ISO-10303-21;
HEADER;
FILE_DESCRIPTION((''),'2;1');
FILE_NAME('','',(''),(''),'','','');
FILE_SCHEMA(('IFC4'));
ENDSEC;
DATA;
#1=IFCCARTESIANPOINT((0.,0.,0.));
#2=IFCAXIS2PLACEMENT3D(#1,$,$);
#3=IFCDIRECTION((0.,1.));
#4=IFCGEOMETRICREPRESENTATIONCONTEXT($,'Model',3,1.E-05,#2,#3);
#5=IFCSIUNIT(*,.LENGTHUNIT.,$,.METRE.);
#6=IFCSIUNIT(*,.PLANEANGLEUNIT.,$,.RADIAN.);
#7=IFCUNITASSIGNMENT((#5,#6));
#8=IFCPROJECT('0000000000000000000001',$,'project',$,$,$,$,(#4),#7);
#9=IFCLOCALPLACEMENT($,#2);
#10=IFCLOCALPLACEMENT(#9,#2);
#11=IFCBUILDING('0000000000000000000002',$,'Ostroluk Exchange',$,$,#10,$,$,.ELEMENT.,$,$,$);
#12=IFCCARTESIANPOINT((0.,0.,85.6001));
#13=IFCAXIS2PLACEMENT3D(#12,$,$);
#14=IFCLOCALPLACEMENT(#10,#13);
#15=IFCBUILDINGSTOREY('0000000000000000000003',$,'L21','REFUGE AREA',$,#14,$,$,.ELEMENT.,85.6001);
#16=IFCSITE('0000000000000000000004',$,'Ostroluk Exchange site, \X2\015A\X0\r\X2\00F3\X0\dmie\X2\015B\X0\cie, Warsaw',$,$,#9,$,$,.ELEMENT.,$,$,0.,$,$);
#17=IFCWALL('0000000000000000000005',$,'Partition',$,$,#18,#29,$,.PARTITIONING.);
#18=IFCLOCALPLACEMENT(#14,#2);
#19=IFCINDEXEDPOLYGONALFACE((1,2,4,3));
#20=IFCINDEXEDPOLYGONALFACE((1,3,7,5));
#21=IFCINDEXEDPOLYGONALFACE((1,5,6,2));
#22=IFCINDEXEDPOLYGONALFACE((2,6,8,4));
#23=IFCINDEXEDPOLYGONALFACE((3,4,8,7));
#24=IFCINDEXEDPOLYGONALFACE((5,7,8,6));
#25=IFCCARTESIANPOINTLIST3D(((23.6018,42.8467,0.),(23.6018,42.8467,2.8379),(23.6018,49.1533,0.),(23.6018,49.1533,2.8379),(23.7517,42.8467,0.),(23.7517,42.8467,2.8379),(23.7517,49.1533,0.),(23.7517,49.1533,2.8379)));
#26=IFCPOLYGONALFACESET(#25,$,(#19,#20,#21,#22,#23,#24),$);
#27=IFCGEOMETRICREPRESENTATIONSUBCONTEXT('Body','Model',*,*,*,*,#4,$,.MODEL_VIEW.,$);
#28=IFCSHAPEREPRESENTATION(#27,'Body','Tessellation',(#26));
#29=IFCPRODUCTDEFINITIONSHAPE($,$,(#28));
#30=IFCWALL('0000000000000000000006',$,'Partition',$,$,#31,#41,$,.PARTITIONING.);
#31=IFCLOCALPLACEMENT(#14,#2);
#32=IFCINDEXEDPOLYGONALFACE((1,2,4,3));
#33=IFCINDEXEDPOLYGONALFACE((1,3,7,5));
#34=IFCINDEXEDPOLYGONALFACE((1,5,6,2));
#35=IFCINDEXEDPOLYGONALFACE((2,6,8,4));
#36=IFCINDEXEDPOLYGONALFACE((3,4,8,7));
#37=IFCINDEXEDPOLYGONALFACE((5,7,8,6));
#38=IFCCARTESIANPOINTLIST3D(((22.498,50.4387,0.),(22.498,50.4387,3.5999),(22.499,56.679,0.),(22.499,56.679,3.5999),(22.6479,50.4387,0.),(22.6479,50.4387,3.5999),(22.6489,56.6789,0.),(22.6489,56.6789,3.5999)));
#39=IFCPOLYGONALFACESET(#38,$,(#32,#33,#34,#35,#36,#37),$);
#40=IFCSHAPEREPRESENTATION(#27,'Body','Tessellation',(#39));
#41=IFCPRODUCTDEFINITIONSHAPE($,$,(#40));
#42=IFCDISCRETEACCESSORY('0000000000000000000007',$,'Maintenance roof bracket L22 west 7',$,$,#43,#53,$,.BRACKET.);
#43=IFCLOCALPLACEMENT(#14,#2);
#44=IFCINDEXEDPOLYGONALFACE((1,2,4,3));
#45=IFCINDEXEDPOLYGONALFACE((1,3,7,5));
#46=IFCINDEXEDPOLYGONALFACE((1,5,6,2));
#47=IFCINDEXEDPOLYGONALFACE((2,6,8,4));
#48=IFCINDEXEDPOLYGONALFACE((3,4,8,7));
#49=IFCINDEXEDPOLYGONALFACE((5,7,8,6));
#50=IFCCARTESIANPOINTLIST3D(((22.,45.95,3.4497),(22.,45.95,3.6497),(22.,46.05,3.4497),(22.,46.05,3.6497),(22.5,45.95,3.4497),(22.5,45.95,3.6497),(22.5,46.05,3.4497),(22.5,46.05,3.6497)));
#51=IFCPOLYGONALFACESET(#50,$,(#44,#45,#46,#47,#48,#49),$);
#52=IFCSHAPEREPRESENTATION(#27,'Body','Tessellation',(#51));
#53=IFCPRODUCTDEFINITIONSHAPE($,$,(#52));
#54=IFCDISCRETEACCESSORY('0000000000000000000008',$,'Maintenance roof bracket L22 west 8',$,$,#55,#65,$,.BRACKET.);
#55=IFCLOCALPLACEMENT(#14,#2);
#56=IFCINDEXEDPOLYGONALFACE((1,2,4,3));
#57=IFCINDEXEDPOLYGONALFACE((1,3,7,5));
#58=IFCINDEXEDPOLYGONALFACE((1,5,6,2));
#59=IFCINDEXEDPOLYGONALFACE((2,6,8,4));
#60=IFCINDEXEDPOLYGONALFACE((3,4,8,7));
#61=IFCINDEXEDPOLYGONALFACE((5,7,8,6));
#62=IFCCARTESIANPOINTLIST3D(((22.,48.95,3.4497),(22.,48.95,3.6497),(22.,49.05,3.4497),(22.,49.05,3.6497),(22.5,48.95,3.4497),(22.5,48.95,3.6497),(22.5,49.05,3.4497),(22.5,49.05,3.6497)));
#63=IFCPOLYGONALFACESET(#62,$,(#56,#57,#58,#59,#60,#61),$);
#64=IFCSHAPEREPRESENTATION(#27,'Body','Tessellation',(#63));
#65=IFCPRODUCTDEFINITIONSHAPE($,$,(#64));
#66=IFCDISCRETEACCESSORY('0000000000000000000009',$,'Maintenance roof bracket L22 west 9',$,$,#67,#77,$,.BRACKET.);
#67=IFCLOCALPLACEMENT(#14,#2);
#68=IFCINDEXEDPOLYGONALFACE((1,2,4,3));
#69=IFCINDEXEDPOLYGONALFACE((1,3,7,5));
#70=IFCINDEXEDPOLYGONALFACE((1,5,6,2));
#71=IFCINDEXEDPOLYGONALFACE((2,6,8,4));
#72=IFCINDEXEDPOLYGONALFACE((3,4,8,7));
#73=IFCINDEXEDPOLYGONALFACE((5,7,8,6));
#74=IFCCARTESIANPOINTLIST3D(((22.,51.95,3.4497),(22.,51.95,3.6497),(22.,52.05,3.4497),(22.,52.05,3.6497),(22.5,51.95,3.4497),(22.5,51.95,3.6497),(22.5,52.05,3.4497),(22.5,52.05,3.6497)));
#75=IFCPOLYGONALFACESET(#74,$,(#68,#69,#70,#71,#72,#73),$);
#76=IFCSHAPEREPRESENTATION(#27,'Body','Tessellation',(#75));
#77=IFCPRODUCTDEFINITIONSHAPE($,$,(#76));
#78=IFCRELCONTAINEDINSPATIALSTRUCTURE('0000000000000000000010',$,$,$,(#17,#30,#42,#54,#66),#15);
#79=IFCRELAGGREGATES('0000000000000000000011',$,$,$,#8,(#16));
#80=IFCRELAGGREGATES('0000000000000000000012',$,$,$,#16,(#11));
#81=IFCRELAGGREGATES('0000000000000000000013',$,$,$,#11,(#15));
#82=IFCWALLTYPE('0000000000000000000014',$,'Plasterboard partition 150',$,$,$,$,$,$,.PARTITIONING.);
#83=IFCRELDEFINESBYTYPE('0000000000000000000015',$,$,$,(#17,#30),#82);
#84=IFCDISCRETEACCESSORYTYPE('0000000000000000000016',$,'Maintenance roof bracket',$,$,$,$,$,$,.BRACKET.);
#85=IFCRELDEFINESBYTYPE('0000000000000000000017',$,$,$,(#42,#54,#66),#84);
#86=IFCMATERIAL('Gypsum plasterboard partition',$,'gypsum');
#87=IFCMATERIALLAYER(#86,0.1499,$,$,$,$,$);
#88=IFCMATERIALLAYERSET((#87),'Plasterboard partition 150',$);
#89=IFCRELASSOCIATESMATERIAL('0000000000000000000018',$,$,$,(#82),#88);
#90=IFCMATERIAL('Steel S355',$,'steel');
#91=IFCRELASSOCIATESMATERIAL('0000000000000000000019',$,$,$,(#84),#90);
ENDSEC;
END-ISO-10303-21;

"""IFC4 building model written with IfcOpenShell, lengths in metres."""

from ifc_helpers import new_model, si_unit, direction, frame, frame_2d, origin, origin_2d, place, context, subcontext, project, spatial, rectangle, extrude, material, layer, layer_set, type_object, element, save


model = new_model("IFC4")

# Units and contexts
model_context = context("Model", 3, precision=1e-05, world=origin(), true_north=direction((0.0, 1.0)))
body_context = subcontext(model_context, "Body", "Model", "MODEL_VIEW")
ifc_project = project(units=[si_unit("LENGTHUNIT", "METRE"), si_unit("PLANEANGLEUNIT", "RADIAN")], contexts=[model_context])

# Site, building, storey
site_placement = place(None, origin())
site = spatial("IfcSite", under=ifc_project, at=site_placement, Name="Ostroluk Exchange site, Śródmieście, Warsaw", CompositionType="ELEMENT", RefElevation=0.0)
building_placement = place(site_placement, origin())
building = spatial("IfcBuilding", under=site, at=building_placement, Name="Ostroluk Exchange", CompositionType="ELEMENT")
storey_placement = place(building_placement, frame((0.0, 0.0, 85.6001)))
storey = spatial("IfcBuildingStorey", under=building, at=storey_placement, Name="L21", Description="REFUGE AREA", CompositionType="ELEMENT", Elevation=85.6001)

# Walls
ifc_material_1 = material(Name="Gypsum plasterboard partition", Category="gypsum")
ifc_layer_1 = layer(ifc_material_1, 0.1499)
ifc_layer_set_1 = layer_set([ifc_layer_1], Name="Plasterboard partition 150")
wall_type_1 = type_object("IfcWallType", Name="Plasterboard partition 150", PredefinedType="PARTITIONING", material=ifc_layer_set_1)
wall_1_placement = place(storey_placement, frame((23.6768, 49.1533, 0.0), z_axis=(0.0, 0.0, 1.0), x_axis=(0.0, -1.0, 0.0)))
element("IfcWall", 1, at=wall_1_placement, inside=storey, type_object=wall_type_1, Name="Partition", PredefinedType="PARTITIONING", context=body_context, shape_type="SweptSolid", body=[
    extrude(rectangle(XDim=6.3066, YDim=0.1499, at=frame_2d((3.1533, 0.0))), origin(), (0.0, 0.0, 1.0), 2.8379),
])
wall_2_placement = place(storey_placement, frame((22.573, 50.4387, 0.0), z_axis=(0.0, 0.0, 1.0), x_axis=(0.000156, 1.0, 0.0)))
element("IfcWall", 2, at=wall_2_placement, inside=storey, type_object=wall_type_1, Name="Partition", PredefinedType="PARTITIONING", context=body_context, shape_type="SweptSolid", body=[
    extrude(rectangle(XDim=6.2402, YDim=0.1499, at=frame_2d((3.1201, 0.0))), origin(), (0.0, 0.0, 1.0), 3.5999),
])

# Discrete accessories
ifc_material_2 = material(Name="Steel S355", Category="steel")
discrete_accessory_type = type_object("IfcDiscreteAccessoryType", Name="Maintenance roof bracket", PredefinedType="BRACKET", material=ifc_material_2)
for number, where, z_axis, x_axis, name in (
    (3, (22.25, 46.0, 3.4497), (0.0, 0.0, 1.0), (1.0, 0.0, 0.0), "Maintenance roof bracket L22 west 7"),
    (4, (22.25, 49.0, 3.4497), (0.0, 0.0, 1.0), (1.0, 0.0, 0.0), "Maintenance roof bracket L22 west 8"),
    (5, (22.25, 52.0, 3.4497), (0.0, 0.0, 1.0), (1.0, 0.0, 0.0), "Maintenance roof bracket L22 west 9"),
):
    element("IfcDiscreteAccessory", number, at=place(storey_placement, frame(where, z_axis=z_axis, x_axis=x_axis)), inside=storey, type_object=discrete_accessory_type, Name=name, PredefinedType="BRACKET", context=body_context, shape_type="SweptSolid", body=[
        extrude(rectangle(XDim=0.5, YDim=0.1001, at=origin_2d()), origin(), (0.0, 0.0, 1.0), 0.2),
    ])

save(model, "model.ifc")
